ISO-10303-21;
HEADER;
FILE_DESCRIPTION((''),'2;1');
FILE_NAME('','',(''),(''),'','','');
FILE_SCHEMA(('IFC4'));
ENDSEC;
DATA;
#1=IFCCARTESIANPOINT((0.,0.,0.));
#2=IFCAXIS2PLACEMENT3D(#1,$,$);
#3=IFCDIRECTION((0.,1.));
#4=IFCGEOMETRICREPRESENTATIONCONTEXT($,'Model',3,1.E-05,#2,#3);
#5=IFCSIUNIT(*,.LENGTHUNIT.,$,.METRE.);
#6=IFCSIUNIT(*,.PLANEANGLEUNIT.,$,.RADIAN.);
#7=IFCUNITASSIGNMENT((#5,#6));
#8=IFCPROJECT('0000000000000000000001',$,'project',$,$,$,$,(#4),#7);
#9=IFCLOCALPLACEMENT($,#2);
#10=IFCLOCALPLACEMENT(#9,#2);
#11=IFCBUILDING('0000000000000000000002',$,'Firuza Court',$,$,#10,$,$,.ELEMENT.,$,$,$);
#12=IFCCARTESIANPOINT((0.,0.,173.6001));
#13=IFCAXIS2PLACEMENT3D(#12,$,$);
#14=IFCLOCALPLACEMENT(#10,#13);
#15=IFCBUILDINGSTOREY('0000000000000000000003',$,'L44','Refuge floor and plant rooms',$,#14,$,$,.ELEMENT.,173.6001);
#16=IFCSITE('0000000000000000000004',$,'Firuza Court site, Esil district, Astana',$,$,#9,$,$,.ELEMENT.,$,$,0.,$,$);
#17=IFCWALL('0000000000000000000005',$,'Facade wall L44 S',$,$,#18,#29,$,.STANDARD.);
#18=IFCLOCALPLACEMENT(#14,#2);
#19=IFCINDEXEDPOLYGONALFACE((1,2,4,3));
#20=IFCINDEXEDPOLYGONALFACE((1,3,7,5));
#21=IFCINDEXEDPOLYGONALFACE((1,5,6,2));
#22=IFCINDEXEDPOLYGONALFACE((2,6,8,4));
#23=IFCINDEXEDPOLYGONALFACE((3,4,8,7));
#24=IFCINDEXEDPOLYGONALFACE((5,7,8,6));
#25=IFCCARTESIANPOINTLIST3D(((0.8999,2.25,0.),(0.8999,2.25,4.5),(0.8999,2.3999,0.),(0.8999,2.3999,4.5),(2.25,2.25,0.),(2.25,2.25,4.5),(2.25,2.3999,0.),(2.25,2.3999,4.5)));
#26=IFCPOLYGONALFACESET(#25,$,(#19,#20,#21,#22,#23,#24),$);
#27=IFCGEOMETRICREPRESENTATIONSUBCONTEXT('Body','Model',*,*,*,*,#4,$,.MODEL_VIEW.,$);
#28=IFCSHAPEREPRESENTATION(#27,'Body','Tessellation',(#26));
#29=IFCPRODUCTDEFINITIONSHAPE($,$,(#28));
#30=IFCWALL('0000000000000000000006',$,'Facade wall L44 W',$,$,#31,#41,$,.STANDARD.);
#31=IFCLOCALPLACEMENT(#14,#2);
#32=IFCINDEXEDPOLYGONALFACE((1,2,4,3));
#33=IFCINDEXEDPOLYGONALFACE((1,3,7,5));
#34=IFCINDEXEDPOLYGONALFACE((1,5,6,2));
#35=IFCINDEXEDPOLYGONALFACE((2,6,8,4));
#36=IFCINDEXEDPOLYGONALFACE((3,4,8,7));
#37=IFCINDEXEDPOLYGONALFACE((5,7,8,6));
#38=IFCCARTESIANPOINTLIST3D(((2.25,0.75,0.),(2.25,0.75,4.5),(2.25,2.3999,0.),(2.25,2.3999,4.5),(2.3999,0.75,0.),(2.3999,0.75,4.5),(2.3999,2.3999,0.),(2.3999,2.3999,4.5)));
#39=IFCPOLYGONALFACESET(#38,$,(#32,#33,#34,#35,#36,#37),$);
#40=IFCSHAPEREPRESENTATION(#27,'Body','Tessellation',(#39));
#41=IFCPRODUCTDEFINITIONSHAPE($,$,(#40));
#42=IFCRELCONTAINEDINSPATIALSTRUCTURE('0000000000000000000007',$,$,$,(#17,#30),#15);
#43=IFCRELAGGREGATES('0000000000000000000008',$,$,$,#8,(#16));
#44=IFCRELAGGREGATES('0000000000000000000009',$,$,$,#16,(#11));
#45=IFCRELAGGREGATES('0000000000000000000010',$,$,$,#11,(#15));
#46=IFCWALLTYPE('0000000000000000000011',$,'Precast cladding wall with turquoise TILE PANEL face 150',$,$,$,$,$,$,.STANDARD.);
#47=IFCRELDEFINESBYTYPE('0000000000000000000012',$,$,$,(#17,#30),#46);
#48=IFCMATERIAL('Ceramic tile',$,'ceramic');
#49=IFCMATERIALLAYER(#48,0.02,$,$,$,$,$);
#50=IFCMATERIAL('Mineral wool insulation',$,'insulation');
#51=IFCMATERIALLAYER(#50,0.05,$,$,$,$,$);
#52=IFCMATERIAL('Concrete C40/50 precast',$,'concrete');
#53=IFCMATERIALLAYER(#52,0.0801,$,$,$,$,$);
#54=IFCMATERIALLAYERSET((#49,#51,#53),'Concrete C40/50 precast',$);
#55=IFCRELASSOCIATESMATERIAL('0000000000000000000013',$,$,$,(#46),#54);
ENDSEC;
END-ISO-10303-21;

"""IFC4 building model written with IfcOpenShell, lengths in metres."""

from ifc_helpers import new_model, si_unit, direction, frame, frame_2d, origin, place, context, subcontext, project, spatial, rectangle, extrude, material, layer, layer_set, type_object, element, save


model = new_model("IFC4")

# Units and contexts
model_context = context("Model", 3, precision=1e-05, world=origin(), true_north=direction((0.0, 1.0)))
body_context = subcontext(model_context, "Body", "Model", "MODEL_VIEW")
ifc_project = project(units=[si_unit("LENGTHUNIT", "METRE"), si_unit("PLANEANGLEUNIT", "RADIAN")], contexts=[model_context])

# Site, building, storey
site_placement = place(None, origin())
site = spatial("IfcSite", under=ifc_project, at=site_placement, Name="Firuza Court site, Esil district, Astana", CompositionType="ELEMENT", RefElevation=0.0)
building_placement = place(site_placement, origin())
building = spatial("IfcBuilding", under=site, at=building_placement, Name="Firuza Court", CompositionType="ELEMENT")
storey_placement = place(building_placement, frame((0.0, 0.0, 173.6001)))
storey = spatial("IfcBuildingStorey", under=building, at=storey_placement, Name="L44", Description="Refuge floor and plant rooms", CompositionType="ELEMENT", Elevation=173.6001)

# Shared definitions
ifc_material_1 = material(Name="Concrete C40/50 precast", Category="concrete")

# Walls
ifc_material_2 = material(Name="Ceramic tile", Category="ceramic")
ifc_layer_1 = layer(ifc_material_2, 0.02)
ifc_material_3 = material(Name="Mineral wool insulation", Category="insulation")
ifc_layer_2 = layer(ifc_material_3, 0.05)
ifc_layer_3 = layer(ifc_material_1, 0.0801)
ifc_layer_set_1 = layer_set([ifc_layer_1, ifc_layer_2, ifc_layer_3], Name="Concrete C40/50 precast")
wall_type = type_object("IfcWallType", Name="Precast cladding wall with turquoise TILE PANEL face 150", PredefinedType="STANDARD", material=ifc_layer_set_1)
wall_1_placement = place(storey_placement, frame((0.8999, 2.325, 0.0), z_axis=(0.0, 0.0, 1.0), x_axis=(1.0, 0.0, 0.0)))
element("IfcWall", 1, at=wall_1_placement, inside=storey, type_object=wall_type, Name="Facade wall L44 S", PredefinedType="STANDARD", context=body_context, shape_type="SweptSolid", body=[
    extrude(rectangle(XDim=1.3501, YDim=0.1499, at=frame_2d((0.675, 0.0))), origin(), (0.0, 0.0, 1.0), 4.5),
])
wall_2_placement = place(storey_placement, frame((2.325, 2.3999, 0.0), z_axis=(0.0, 0.0, 1.0), x_axis=(0.0, -1.0, 0.0)))
element("IfcWall", 2, at=wall_2_placement, inside=storey, type_object=wall_type, Name="Facade wall L44 W", PredefinedType="STANDARD", context=body_context, shape_type="SweptSolid", body=[
    extrude(rectangle(XDim=1.6499, YDim=0.1499, at=frame_2d((0.825, 0.0))), origin(), (0.0, 0.0, 1.0), 4.5),
])

save(model, "model.ifc")
